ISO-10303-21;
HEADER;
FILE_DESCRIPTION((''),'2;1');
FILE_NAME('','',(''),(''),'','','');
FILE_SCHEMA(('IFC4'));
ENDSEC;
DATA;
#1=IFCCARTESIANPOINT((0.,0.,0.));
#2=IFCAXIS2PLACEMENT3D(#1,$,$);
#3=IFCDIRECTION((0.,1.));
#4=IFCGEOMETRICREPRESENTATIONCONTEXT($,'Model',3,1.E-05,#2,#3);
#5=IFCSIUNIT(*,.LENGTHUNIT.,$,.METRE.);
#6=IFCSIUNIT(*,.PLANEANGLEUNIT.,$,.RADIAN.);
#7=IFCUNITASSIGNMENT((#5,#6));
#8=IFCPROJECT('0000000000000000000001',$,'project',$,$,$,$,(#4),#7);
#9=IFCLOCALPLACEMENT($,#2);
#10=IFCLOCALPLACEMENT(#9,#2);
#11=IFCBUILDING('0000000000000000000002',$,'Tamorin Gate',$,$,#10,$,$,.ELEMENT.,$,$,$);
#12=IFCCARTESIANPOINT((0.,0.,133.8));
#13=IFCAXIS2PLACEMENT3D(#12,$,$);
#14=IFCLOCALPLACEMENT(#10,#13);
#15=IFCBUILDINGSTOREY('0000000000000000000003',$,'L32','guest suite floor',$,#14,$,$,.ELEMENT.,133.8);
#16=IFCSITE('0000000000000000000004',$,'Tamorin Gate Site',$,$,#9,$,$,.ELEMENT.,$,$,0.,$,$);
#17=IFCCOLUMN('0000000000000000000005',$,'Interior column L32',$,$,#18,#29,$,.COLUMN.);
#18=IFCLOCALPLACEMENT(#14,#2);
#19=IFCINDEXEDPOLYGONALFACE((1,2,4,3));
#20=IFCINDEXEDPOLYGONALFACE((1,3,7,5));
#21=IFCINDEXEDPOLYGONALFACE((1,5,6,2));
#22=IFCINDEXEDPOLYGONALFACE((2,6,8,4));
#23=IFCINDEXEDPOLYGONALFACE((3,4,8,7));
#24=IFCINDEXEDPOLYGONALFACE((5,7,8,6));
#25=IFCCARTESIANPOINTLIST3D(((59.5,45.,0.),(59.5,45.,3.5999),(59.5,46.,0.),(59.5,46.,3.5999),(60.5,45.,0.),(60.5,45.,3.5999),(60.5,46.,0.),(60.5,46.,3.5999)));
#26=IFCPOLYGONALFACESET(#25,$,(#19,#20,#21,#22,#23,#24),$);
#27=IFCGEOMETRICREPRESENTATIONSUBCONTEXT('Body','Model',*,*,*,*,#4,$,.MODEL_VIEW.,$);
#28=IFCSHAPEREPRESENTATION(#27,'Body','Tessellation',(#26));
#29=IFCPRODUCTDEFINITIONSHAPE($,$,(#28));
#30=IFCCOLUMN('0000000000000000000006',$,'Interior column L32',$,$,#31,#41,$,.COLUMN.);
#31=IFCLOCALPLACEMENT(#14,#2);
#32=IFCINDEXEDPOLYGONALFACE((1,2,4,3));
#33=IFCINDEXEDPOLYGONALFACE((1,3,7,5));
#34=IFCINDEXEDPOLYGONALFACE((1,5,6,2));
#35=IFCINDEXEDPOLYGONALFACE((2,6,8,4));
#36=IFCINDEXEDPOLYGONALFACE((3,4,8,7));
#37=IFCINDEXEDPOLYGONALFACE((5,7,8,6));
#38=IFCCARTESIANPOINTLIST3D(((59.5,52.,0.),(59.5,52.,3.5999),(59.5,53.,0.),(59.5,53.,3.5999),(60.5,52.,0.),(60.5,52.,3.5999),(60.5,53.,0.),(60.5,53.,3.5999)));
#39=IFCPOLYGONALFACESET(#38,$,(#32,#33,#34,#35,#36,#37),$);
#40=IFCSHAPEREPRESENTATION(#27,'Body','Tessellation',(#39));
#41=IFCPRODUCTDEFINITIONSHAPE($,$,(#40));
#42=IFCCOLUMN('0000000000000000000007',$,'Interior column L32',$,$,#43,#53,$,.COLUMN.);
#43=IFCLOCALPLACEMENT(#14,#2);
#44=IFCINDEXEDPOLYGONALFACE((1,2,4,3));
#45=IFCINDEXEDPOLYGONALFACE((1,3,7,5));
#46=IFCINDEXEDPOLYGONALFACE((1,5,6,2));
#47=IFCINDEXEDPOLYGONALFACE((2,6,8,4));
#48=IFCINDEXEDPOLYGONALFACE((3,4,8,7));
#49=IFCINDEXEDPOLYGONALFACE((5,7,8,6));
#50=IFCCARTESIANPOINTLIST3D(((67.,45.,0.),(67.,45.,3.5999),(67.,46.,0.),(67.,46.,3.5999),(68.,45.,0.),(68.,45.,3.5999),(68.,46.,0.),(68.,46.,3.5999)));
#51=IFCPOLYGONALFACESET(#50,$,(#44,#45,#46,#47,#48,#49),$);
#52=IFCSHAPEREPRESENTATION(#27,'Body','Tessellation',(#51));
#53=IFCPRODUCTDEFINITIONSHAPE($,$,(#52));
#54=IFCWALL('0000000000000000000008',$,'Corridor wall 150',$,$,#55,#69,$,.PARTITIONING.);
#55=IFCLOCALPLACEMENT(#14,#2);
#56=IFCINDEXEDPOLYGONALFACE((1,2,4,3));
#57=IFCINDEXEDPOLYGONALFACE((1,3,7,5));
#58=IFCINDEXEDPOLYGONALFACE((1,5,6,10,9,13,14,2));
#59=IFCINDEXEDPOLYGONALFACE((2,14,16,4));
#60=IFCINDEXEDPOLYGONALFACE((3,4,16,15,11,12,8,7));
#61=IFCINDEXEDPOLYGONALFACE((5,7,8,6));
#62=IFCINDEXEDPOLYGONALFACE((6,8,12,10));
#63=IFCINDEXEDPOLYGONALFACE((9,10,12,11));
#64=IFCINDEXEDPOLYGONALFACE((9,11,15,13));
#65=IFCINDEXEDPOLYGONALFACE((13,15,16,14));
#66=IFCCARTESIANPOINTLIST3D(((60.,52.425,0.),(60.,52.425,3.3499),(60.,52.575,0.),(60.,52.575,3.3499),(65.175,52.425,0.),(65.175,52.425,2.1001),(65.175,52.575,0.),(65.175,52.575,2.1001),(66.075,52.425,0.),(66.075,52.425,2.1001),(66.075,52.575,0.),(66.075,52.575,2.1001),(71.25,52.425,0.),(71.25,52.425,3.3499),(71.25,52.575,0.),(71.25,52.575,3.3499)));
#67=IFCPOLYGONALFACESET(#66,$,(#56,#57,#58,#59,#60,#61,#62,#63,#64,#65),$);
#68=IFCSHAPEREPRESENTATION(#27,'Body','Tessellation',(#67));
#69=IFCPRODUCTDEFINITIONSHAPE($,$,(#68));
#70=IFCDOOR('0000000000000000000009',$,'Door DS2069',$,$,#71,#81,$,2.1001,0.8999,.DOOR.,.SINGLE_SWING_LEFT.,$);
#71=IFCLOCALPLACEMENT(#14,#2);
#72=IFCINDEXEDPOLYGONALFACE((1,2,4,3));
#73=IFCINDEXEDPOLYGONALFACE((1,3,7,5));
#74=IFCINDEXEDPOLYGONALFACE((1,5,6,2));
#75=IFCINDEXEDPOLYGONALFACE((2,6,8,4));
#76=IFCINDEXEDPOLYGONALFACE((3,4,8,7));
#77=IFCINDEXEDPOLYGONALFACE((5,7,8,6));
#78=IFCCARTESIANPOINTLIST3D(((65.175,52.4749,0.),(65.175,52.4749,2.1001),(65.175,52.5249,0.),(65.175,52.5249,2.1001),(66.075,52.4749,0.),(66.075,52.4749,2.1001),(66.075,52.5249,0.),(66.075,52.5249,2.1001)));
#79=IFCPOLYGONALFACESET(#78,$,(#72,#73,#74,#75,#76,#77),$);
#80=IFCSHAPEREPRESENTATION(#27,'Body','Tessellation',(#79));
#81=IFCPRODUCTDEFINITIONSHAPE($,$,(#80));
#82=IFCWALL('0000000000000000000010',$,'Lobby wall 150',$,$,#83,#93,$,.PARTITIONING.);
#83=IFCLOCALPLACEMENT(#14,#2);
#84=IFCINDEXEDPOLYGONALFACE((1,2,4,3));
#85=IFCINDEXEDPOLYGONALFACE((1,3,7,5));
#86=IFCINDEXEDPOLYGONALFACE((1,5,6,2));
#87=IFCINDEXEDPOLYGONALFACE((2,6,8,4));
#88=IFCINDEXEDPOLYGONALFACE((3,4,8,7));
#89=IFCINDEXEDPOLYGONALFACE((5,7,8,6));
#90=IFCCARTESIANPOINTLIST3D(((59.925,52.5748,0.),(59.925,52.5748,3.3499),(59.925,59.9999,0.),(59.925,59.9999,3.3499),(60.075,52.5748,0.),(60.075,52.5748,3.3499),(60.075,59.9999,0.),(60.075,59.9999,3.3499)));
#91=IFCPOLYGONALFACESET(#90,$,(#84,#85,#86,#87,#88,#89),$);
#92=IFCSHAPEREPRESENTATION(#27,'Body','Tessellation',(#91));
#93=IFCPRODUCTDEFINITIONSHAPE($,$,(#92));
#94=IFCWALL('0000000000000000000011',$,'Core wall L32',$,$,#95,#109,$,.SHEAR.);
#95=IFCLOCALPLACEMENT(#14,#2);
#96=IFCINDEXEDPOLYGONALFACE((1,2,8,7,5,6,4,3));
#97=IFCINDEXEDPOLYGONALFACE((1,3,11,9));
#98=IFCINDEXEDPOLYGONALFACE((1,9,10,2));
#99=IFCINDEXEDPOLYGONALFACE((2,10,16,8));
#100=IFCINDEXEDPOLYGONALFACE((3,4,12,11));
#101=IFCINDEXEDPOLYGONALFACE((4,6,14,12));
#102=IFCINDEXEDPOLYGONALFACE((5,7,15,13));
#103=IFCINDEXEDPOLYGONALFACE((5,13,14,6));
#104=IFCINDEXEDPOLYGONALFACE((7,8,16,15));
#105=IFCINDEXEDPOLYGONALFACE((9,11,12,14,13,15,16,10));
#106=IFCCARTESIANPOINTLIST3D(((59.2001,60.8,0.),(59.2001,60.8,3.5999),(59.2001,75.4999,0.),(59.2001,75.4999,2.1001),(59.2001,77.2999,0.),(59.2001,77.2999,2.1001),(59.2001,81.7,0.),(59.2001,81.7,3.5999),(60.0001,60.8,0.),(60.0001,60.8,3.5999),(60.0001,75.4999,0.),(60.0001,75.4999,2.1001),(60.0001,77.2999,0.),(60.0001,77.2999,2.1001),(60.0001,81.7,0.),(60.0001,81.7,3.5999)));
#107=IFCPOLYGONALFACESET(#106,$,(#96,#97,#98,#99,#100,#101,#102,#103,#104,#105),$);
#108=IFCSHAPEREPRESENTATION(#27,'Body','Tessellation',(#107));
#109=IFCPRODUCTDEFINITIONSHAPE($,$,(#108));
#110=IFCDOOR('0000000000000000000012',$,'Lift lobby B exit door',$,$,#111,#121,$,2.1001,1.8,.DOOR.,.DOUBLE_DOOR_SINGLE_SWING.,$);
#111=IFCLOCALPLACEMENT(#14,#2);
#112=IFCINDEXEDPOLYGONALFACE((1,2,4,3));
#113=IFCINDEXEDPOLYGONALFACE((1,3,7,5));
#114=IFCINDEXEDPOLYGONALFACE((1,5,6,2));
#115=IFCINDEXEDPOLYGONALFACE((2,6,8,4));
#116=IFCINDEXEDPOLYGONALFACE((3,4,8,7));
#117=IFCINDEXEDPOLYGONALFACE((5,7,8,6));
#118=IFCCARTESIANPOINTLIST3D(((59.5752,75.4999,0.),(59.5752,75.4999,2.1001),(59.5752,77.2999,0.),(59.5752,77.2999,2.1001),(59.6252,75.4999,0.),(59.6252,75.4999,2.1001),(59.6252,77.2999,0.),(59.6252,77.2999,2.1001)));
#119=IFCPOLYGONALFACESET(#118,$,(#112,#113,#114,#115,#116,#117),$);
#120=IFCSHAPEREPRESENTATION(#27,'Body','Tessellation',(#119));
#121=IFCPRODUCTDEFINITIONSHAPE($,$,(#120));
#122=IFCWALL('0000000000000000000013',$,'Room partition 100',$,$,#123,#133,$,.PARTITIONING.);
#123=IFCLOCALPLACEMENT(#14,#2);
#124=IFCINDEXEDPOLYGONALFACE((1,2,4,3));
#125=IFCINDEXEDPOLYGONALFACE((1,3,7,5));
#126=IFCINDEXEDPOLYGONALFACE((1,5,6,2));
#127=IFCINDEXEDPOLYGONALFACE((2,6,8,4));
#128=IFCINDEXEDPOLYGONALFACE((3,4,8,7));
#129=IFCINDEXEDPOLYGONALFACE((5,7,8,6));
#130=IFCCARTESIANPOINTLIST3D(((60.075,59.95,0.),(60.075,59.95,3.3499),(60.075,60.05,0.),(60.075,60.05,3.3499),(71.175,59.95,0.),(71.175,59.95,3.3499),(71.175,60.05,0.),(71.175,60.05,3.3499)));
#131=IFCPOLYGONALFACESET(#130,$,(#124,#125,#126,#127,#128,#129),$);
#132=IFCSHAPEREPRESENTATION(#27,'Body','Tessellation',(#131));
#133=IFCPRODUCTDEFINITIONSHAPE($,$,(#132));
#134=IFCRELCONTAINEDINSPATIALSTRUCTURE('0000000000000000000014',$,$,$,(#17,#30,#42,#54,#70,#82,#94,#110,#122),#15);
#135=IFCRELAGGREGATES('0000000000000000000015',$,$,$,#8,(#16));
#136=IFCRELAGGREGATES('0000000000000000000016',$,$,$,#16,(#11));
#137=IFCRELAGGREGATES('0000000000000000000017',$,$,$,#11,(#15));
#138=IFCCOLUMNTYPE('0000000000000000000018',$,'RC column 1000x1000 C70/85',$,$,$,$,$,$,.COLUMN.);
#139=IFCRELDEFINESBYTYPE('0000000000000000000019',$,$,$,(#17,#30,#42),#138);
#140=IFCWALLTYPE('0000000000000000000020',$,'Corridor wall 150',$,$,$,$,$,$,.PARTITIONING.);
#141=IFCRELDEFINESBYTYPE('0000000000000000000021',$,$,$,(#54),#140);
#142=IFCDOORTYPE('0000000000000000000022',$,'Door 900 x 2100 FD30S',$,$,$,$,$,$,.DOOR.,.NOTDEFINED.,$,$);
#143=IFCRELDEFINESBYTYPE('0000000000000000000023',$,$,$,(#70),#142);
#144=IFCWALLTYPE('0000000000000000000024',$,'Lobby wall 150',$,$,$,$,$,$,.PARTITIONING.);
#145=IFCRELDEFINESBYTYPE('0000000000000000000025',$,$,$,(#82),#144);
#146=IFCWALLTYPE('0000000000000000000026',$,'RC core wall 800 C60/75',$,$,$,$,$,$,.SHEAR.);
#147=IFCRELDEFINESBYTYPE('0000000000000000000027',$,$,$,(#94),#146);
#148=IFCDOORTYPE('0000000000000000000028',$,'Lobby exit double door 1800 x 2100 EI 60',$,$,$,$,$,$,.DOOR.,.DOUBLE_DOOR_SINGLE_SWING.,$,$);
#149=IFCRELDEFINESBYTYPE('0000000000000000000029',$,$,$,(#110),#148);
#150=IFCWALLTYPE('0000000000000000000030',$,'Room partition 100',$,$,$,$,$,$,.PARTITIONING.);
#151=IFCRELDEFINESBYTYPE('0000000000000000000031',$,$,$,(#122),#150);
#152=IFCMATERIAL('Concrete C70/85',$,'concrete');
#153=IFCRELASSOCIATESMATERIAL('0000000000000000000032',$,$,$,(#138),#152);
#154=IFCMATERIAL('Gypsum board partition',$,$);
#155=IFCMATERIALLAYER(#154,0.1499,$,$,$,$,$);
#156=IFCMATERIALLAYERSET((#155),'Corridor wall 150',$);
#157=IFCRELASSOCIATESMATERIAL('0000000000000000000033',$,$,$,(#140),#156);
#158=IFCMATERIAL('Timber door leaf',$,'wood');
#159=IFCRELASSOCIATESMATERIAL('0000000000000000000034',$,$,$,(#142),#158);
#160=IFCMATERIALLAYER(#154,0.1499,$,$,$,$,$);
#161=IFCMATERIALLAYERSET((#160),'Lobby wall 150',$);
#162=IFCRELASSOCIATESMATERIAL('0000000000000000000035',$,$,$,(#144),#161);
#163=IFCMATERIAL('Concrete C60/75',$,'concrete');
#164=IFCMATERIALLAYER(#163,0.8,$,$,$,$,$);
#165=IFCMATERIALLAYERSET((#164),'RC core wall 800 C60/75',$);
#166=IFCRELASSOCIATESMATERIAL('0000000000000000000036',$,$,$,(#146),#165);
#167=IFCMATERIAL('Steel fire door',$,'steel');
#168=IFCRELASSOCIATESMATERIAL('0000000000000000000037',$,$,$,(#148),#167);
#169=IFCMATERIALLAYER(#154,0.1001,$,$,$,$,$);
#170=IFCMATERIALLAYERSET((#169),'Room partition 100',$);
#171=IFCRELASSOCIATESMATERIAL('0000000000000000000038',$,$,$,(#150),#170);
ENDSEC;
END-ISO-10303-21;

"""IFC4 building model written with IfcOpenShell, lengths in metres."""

from ifc_helpers import new_model, si_unit, direction, frame, frame_2d, origin, origin_2d, place, context, subcontext, project, spatial, rectangle, extrude, material, layer, layer_set, material_profile, profile_set, type_object, element, fill, save


model = new_model("IFC4")

# Units and contexts
model_context = context("Model", 3, precision=1e-05, world=origin(), true_north=direction((0.0, 1.0)))
body_context = subcontext(model_context, "Body", "Model", "MODEL_VIEW")
ifc_project = project(units=[si_unit("LENGTHUNIT", "METRE"), si_unit("PLANEANGLEUNIT", "RADIAN")], contexts=[model_context])

# Site, building, storey
site_placement = place(None, origin())
site = spatial("IfcSite", under=ifc_project, at=site_placement, Name="Tamorin Gate Site", CompositionType="ELEMENT", RefElevation=0.0)
building_placement = place(site_placement, origin())
building = spatial("IfcBuilding", under=site, at=building_placement, Name="Tamorin Gate", CompositionType="ELEMENT")
storey_placement = place(building_placement, frame((0.0, 0.0, 133.8)))
storey = spatial("IfcBuildingStorey", under=building, at=storey_placement, Name="L32", Description="guest suite floor", CompositionType="ELEMENT", Elevation=133.8)

# Columns
ifc_material_1 = material(Name="Concrete C70/85", Category="concrete")
ifc_material_profile = material_profile(ifc_material_1, rectangle(XDim=1.0, YDim=1.0, at=origin_2d()), Name="RC 1000x1000")
ifc_profile_set = profile_set([ifc_material_profile], Name="Concrete C70/85")
column_type = type_object("IfcColumnType", Name="RC column 1000x1000 C70/85", PredefinedType="COLUMN", material=ifc_profile_set)
for number, where, z_axis, x_axis, name in (
    (1, (60.0, 45.5, 0.0), (0.0, 0.0, 1.0), (1.0, 0.0, 0.0), "Interior column L32"),
    (2, (60.0, 52.5, 0.0), (0.0, 0.0, 1.0), (1.0, 0.0, 0.0), "Interior column L32"),
    (3, (67.5, 45.5, 0.0), (0.0, 0.0, 1.0), (1.0, 0.0, 0.0), "Interior column L32"),
):
    element("IfcColumn", number, at=place(storey_placement, frame(where, z_axis=z_axis, x_axis=x_axis)), inside=storey, type_object=column_type, Name=name, PredefinedType="COLUMN", context=body_context, shape_type="SweptSolid", body=[
        extrude(rectangle(XDim=1.0, YDim=1.0, at=origin_2d()), origin(), (0.0, 0.0, 1.0), 3.5999),
    ])

# Wall, opening, door
ifc_material_2 = material(Name="Gypsum board partition")
ifc_layer_1 = layer(ifc_material_2, 0.1499)
ifc_layer_set_1 = layer_set([ifc_layer_1], Name="Corridor wall 150")
wall_type_1 = type_object("IfcWallType", Name="Corridor wall 150", PredefinedType="PARTITIONING", material=ifc_layer_set_1)
wall_1_placement = place(storey_placement, frame((60.0, 52.5, 0.0), z_axis=(0.0, 0.0, 1.0), x_axis=(1.0, 0.0, 0.0)))
wall_1 = element("IfcWall", 4, at=wall_1_placement, inside=storey, type_object=wall_type_1, Name="Corridor wall 150", PredefinedType="PARTITIONING", context=body_context, shape_type="SweptSolid", body=[
    extrude(rectangle(XDim=11.25, YDim=0.1499, at=frame_2d((5.625, 0.0))), origin(), (0.0, 0.0, 1.0), 3.3499),
])
opening_1_placement = place(wall_1_placement, frame((5.175, 0.0, 0.0)))
opening_1 = element("IfcOpeningElement", 5, at=opening_1_placement, cuts=wall_1, PredefinedType="OPENING", context=body_context, shape_type="SweptSolid", body=[
    extrude(rectangle(XDim=0.8999, YDim=2.1001, at=frame_2d((0.45, 1.05))), frame((0.0, 0.085, 0.0), z_axis=(0.0, -1.0, 0.0), x_axis=(1.0, 0.0, 0.0)), (0.0, 0.0, 1.0), 0.1699),
])
ifc_material_3 = material(Name="Timber door leaf", Category="wood")
door_type_1 = type_object("IfcDoorType", Name="Door 900 x 2100 FD30S", OperationType="NOTDEFINED", PredefinedType="DOOR", material=ifc_material_3)
door_1_placement = place(opening_1_placement, origin())
door_1 = element("IfcDoor", 6, at=door_1_placement, inside=storey, type_object=door_type_1, Name="Door DS2069", OperationType="SINGLE_SWING_LEFT", OverallHeight=2.1001, OverallWidth=0.8999, PredefinedType="DOOR", context=body_context, shape_type="SweptSolid", body=[
    extrude(rectangle(XDim=0.8999, YDim=2.1001, at=frame_2d((0.45, 1.05))), frame((0.0, 0.0249, 0.0), z_axis=(0.0, -1.0, 0.0), x_axis=(1.0, 0.0, 0.0)), (0.0, 0.0, 1.0), 0.05),
])
fill(opening_1, door_1)

# Wall
ifc_layer_2 = layer(ifc_material_2, 0.1499)
ifc_layer_set_2 = layer_set([ifc_layer_2], Name="Lobby wall 150")
wall_type_2 = type_object("IfcWallType", Name="Lobby wall 150", PredefinedType="PARTITIONING", material=ifc_layer_set_2)
wall_2_placement = place(storey_placement, frame((60.0, 52.575, 0.0), z_axis=(0.0, 0.0, 1.0), x_axis=(0.0, 1.0, 0.0)))
element("IfcWall", 7, at=wall_2_placement, inside=storey, type_object=wall_type_2, Name="Lobby wall 150", PredefinedType="PARTITIONING", context=body_context, shape_type="SweptSolid", body=[
    extrude(rectangle(XDim=7.425, YDim=0.1499, at=frame_2d((3.7124, 0.0))), origin(), (0.0, 0.0, 1.0), 3.3499),
])

# Wall, opening, door
ifc_material_4 = material(Name="Concrete C60/75", Category="concrete")
ifc_layer_3 = layer(ifc_material_4, 0.8)
ifc_layer_set_3 = layer_set([ifc_layer_3], Name="RC core wall 800 C60/75")
wall_type_3 = type_object("IfcWallType", Name="RC core wall 800 C60/75", PredefinedType="SHEAR", material=ifc_layer_set_3)
wall_3_placement = place(storey_placement, frame((59.6001, 60.8, 0.0), z_axis=(0.0, 0.0, 1.0), x_axis=(0.0, 1.0, 0.0)))
wall_3 = element("IfcWall", 8, at=wall_3_placement, inside=storey, type_object=wall_type_3, Name="Core wall L32", PredefinedType="SHEAR", context=body_context, shape_type="SweptSolid", body=[
    extrude(rectangle(XDim=20.8999, YDim=0.8, at=frame_2d((10.45, 0.0))), origin(), (0.0, 0.0, 1.0), 3.5999),
])
opening_2_placement = place(wall_3_placement, frame((14.7, 0.0, 0.0)))
opening_2 = element("IfcOpeningElement", 9, at=opening_2_placement, cuts=wall_3, PredefinedType="OPENING", context=body_context, shape_type="SweptSolid", body=[
    extrude(rectangle(XDim=1.8, YDim=2.1001, at=frame_2d((0.8999, 1.05))), frame((0.0, 0.4099, 0.0), z_axis=(0.0, -1.0, 0.0), x_axis=(1.0, 0.0, 0.0)), (0.0, 0.0, 1.0), 0.8201),
])
ifc_material_5 = material(Name="Steel fire door", Category="steel")
door_type_2 = type_object("IfcDoorType", Name="Lobby exit double door 1800 x 2100 EI 60", OperationType="DOUBLE_DOOR_SINGLE_SWING", PredefinedType="DOOR", material=ifc_material_5)
door_2_placement = place(opening_2_placement, origin())
door_2 = element("IfcDoor", 10, at=door_2_placement, inside=storey, type_object=door_type_2, Name="Lift lobby B exit door", OperationType="DOUBLE_DOOR_SINGLE_SWING", OverallHeight=2.1001, OverallWidth=1.8, PredefinedType="DOOR", context=body_context, shape_type="SweptSolid", body=[
    extrude(rectangle(XDim=1.8, YDim=2.1001, at=frame_2d((0.8999, 1.05))), frame((0.0, 0.0249, 0.0), z_axis=(0.0, -1.0, 0.0), x_axis=(1.0, 0.0, 0.0)), (0.0, 0.0, 1.0), 0.05),
])
fill(opening_2, door_2)

# Wall
ifc_layer_4 = layer(ifc_material_2, 0.1001)
ifc_layer_set_4 = layer_set([ifc_layer_4], Name="Room partition 100")
wall_type_4 = type_object("IfcWallType", Name="Room partition 100", PredefinedType="PARTITIONING", material=ifc_layer_set_4)
wall_4_placement = place(storey_placement, frame((60.075, 60.0, 0.0), z_axis=(0.0, 0.0, 1.0), x_axis=(1.0, 0.0, 0.0)))
element("IfcWall", 11, at=wall_4_placement, inside=storey, type_object=wall_type_4, Name="Room partition 100", PredefinedType="PARTITIONING", context=body_context, shape_type="SweptSolid", body=[
    extrude(rectangle(XDim=11.1001, YDim=0.1001, at=frame_2d((5.55, 0.0))), origin(), (0.0, 0.0, 1.0), 3.3499),
])

save(model, "model.ifc")
